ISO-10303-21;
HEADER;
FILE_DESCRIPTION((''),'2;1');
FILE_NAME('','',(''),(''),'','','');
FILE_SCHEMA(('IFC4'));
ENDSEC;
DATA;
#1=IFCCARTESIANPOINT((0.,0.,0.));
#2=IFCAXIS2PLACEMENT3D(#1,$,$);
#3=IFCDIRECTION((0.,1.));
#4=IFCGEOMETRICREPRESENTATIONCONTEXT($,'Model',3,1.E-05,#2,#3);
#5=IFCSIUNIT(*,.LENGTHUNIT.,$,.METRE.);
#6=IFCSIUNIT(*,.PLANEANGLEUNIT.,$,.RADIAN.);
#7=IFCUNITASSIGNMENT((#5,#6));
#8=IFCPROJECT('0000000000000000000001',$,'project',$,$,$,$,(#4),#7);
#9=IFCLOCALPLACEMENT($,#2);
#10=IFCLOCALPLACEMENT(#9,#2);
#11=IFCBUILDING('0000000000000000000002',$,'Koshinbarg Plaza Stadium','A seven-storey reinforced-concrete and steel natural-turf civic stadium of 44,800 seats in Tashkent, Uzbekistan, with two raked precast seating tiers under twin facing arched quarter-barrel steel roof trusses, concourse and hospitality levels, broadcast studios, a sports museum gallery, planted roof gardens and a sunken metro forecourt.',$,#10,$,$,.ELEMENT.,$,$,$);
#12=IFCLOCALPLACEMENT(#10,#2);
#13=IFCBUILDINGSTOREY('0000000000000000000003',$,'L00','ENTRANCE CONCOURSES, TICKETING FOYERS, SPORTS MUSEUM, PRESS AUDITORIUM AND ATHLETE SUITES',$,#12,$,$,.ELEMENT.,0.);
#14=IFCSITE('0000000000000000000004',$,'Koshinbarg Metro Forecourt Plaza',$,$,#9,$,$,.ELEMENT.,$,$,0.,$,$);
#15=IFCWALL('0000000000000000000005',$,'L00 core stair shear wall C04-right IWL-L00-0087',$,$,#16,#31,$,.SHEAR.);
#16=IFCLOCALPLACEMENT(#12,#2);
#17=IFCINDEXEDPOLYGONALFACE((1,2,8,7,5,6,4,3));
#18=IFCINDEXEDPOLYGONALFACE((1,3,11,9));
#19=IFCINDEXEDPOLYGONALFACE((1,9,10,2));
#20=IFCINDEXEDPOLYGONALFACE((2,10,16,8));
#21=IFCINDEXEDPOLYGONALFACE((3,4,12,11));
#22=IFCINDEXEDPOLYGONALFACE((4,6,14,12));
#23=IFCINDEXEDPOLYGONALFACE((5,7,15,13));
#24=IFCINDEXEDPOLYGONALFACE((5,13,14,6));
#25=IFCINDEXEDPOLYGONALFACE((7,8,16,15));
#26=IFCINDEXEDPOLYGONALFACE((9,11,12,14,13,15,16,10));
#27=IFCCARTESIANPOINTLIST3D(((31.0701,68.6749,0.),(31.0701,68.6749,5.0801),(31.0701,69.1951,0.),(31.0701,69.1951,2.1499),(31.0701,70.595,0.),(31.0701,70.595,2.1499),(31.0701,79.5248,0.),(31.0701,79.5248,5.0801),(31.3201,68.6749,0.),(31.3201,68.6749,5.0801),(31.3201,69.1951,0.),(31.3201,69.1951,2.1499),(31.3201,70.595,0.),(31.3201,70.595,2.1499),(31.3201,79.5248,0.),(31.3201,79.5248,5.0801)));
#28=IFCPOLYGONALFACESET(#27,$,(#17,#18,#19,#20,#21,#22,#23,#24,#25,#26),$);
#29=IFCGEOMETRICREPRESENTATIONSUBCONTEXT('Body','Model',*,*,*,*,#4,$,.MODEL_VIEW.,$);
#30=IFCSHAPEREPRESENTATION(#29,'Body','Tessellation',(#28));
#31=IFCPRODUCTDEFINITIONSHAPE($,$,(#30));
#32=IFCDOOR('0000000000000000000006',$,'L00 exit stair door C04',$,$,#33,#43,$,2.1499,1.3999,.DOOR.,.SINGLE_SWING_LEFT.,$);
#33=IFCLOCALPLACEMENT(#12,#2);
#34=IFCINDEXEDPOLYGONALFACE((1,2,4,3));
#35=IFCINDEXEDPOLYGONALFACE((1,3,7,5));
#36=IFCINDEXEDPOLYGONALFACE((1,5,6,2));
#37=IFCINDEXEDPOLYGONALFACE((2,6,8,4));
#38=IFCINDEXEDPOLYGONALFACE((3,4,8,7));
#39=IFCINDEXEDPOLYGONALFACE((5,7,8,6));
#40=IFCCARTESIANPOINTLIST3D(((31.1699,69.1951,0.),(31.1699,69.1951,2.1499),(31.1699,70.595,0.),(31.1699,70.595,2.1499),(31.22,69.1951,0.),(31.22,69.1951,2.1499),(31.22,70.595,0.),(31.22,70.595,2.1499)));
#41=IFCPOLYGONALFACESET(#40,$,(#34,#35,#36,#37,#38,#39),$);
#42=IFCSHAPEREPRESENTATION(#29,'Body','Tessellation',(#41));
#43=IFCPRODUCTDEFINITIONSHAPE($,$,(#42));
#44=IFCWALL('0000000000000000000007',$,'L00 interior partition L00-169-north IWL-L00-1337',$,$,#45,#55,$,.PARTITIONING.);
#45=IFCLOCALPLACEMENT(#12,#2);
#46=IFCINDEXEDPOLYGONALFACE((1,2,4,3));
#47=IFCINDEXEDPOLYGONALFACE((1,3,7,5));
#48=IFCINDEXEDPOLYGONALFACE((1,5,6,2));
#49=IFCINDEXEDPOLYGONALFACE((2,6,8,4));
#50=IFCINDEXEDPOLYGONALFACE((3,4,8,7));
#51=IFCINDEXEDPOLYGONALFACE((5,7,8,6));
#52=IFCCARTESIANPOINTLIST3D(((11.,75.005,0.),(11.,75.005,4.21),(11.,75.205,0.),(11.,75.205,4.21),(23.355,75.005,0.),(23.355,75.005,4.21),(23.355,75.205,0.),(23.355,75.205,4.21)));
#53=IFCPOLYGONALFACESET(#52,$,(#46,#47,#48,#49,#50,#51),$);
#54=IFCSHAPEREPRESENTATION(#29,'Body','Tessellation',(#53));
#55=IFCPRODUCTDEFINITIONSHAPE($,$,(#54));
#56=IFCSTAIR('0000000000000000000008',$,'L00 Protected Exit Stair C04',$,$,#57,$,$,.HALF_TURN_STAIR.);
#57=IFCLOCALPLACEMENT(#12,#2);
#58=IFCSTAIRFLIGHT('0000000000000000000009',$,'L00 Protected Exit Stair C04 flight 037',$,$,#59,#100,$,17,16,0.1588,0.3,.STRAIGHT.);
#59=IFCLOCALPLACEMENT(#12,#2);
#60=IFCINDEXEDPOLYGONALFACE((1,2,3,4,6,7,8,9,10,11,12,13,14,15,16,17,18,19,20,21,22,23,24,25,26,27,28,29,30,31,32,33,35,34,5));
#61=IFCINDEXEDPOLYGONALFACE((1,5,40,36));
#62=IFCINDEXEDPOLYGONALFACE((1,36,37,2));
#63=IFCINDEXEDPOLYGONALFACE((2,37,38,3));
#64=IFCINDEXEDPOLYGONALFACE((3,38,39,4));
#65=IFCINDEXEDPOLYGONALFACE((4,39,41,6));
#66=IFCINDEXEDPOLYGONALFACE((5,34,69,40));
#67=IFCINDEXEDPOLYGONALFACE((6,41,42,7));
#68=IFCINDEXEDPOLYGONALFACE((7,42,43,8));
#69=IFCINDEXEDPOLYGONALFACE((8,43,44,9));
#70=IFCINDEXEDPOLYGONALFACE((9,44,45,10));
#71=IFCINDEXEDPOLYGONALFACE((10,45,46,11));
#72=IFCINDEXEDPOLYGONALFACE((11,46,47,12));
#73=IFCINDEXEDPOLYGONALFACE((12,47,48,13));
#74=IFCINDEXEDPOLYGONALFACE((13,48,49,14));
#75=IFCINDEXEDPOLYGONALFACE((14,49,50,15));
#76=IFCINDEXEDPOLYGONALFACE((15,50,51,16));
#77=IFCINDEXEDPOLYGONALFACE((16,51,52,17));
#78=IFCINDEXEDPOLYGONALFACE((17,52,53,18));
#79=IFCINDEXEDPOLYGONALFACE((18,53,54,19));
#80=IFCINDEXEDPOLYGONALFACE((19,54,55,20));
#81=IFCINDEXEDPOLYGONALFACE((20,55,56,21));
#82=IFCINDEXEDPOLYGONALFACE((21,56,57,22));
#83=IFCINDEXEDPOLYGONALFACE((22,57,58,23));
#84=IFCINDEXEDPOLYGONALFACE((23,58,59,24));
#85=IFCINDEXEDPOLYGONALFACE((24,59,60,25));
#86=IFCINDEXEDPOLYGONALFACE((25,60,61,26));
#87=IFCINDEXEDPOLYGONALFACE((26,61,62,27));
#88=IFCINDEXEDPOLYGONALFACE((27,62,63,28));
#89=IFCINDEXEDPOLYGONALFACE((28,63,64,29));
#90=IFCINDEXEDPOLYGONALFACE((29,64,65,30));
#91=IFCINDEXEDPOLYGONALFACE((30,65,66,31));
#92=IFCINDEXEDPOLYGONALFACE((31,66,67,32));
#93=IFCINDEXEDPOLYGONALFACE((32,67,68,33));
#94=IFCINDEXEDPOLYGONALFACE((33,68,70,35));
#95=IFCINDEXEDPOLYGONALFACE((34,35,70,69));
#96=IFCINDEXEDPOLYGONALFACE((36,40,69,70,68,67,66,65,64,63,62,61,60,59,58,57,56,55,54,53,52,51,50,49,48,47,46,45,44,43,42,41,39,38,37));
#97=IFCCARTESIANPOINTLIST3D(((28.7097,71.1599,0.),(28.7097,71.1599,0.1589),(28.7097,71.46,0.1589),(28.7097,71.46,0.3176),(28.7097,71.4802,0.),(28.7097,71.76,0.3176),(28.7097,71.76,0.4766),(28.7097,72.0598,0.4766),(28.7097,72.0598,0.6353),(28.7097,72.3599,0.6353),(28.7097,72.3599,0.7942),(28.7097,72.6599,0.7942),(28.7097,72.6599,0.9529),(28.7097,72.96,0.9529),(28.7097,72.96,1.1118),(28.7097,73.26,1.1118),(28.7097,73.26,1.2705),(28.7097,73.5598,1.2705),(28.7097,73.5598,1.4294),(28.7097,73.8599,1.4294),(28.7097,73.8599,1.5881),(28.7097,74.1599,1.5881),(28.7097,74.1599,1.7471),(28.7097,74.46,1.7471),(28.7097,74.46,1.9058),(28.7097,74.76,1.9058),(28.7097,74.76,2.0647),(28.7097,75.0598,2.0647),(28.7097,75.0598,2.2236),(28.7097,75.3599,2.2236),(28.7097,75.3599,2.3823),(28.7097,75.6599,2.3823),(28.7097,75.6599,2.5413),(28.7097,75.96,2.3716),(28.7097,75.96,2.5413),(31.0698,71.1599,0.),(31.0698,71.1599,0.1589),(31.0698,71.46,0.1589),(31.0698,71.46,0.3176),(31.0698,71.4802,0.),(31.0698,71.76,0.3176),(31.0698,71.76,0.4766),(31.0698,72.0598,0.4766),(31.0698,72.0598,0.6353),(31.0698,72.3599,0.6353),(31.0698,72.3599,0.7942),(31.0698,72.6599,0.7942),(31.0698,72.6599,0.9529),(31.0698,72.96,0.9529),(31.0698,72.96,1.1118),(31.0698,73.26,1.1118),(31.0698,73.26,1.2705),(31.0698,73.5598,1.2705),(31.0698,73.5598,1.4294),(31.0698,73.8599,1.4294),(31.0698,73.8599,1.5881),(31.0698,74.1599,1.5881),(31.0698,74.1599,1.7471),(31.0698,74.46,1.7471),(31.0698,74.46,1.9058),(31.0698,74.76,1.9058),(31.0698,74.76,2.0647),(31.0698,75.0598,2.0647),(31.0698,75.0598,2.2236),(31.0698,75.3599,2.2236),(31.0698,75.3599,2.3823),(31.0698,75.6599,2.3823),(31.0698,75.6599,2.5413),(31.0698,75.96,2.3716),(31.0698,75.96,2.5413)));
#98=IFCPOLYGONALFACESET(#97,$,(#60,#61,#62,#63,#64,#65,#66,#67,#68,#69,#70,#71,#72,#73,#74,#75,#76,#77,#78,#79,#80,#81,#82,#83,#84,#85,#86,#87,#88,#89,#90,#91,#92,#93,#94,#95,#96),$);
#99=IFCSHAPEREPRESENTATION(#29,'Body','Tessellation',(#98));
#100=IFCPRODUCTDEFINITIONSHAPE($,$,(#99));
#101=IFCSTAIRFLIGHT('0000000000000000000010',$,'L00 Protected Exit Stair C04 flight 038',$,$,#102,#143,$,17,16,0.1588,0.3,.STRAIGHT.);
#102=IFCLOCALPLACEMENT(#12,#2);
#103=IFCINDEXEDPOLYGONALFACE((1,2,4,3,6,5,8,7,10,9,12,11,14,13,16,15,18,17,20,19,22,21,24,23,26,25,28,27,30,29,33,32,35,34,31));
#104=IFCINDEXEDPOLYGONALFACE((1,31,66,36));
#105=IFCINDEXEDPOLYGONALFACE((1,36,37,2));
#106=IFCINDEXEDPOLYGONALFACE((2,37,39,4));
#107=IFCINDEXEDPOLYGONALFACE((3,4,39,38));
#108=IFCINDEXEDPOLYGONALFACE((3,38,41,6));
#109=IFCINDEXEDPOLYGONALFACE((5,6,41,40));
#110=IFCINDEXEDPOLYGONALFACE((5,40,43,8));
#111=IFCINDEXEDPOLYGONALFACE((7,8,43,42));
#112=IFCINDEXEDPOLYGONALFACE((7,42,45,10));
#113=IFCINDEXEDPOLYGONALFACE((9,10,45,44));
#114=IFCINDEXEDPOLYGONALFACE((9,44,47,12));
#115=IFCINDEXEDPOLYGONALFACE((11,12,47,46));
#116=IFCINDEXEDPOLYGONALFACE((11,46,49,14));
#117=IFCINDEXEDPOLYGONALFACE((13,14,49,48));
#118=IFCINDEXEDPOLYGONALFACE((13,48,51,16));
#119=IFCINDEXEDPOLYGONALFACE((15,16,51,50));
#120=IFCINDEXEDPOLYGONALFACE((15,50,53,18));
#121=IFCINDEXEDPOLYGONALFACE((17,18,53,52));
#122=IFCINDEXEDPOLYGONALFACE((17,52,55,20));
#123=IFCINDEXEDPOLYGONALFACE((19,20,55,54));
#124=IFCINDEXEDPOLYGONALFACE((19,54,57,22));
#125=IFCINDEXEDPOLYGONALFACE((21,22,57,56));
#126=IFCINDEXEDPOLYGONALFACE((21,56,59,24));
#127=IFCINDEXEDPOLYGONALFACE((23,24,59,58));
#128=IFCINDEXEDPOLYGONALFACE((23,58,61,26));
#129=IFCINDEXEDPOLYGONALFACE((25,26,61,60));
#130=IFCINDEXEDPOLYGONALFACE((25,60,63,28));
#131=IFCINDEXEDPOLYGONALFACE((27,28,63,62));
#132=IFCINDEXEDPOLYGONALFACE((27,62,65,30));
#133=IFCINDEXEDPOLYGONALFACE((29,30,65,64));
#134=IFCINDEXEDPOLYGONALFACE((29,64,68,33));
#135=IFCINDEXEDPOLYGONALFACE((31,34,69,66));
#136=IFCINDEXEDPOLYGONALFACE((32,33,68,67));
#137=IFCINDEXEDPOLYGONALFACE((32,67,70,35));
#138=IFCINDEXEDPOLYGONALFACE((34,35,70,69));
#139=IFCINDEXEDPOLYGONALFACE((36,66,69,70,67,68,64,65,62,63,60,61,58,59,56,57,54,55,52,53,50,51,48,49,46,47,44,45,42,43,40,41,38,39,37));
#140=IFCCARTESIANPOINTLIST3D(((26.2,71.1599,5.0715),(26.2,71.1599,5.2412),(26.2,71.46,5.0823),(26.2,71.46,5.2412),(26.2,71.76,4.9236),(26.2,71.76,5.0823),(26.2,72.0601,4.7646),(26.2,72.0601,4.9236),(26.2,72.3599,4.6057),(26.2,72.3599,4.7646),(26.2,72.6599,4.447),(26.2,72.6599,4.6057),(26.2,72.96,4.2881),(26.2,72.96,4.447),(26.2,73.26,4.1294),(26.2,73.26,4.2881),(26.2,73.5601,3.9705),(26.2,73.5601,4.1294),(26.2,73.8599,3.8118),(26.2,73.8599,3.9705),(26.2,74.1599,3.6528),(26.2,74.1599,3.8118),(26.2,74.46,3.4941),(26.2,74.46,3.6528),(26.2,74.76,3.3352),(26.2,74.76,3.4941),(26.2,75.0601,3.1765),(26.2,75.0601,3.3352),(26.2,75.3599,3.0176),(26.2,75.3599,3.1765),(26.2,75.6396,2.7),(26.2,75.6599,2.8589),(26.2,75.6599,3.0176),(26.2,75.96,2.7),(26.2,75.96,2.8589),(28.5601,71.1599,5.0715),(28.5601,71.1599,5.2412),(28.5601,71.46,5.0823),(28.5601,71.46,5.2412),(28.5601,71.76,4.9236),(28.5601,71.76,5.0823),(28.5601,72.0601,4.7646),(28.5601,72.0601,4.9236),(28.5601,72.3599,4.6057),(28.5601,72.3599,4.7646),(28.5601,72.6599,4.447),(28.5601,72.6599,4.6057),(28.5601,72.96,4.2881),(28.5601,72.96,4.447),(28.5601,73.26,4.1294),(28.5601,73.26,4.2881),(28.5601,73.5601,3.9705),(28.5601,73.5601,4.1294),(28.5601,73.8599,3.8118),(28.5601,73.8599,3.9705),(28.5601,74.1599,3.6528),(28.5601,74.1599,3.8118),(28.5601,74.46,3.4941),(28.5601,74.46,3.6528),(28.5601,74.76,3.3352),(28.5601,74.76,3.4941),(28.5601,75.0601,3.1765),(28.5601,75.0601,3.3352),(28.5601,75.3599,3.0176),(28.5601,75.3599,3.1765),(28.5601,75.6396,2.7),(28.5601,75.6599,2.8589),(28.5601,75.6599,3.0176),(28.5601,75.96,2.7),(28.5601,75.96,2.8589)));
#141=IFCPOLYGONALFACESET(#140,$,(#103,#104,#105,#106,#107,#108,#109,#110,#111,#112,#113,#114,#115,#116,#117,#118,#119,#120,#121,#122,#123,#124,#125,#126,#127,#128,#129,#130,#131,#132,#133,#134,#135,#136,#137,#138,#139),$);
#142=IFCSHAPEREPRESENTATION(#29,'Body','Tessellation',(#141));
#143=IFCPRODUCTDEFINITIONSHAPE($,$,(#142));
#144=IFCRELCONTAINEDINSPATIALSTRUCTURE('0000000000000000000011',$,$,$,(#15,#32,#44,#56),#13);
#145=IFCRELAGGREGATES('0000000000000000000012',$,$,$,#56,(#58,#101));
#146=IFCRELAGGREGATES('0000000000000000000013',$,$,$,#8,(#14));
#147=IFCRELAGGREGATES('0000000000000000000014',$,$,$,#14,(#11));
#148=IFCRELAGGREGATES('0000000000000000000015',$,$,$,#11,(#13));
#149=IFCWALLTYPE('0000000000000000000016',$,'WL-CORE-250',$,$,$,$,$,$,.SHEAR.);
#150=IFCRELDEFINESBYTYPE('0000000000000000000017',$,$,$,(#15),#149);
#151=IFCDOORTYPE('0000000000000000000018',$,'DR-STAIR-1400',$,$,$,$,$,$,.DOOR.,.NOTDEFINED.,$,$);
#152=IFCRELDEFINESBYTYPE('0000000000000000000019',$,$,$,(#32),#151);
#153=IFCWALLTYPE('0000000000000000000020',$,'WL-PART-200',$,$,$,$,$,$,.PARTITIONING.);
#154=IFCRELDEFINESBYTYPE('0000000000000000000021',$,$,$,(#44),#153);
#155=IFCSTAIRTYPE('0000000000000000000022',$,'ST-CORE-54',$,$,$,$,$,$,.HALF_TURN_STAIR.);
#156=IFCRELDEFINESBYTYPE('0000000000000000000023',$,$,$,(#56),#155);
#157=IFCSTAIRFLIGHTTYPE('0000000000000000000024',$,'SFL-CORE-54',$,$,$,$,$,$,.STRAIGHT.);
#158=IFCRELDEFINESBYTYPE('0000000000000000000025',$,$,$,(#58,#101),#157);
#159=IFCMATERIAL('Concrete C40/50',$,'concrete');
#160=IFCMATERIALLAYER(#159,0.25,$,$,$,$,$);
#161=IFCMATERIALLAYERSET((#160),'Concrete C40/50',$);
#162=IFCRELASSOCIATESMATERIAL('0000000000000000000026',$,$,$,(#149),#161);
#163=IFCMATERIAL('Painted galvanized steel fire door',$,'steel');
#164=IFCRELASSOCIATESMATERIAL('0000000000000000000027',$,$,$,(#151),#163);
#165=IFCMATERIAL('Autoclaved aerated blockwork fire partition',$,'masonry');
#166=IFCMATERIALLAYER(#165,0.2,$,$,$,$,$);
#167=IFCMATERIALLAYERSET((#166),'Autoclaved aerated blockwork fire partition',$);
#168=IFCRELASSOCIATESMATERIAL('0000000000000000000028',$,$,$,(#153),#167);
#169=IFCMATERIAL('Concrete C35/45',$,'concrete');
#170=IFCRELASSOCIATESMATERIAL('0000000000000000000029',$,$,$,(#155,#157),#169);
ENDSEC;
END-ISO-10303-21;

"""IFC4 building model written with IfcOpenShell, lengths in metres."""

from ifc_helpers import new_model, si_unit, direction, frame, frame_2d, origin, place, context, subcontext, project, spatial, polyline, rectangle, outline, extrude, material, layer, layer_set, type_object, element, fill, aggregate, save


model = new_model("IFC4")

# Units and contexts
model_context = context("Model", 3, precision=1e-05, world=origin(), true_north=direction((0.0, 1.0)))
body_context = subcontext(model_context, "Body", "Model", "MODEL_VIEW")
ifc_project = project(units=[si_unit("LENGTHUNIT", "METRE"), si_unit("PLANEANGLEUNIT", "RADIAN")], contexts=[model_context])

# Site, building, storey
site_placement = place(None, origin())
site = spatial("IfcSite", under=ifc_project, at=site_placement, Name="Koshinbarg Metro Forecourt Plaza", CompositionType="ELEMENT", RefElevation=0.0)
building_placement = place(site_placement, origin())
building = spatial("IfcBuilding", under=site, at=building_placement, Name="Koshinbarg Plaza Stadium", Description="A seven-storey reinforced-concrete and steel natural-turf civic stadium of 44,800 seats in Tashkent, Uzbekistan, with two raked precast seating tiers under twin facing arched quarter-barrel steel roof trusses, concourse and hospitality levels, broadcast studios, a sports museum gallery, planted roof gardens and a sunken metro forecourt.", CompositionType="ELEMENT")
storey_placement = place(building_placement, origin())
storey = spatial("IfcBuildingStorey", under=building, at=storey_placement, Name="L00", Description="ENTRANCE CONCOURSES, TICKETING FOYERS, SPORTS MUSEUM, PRESS AUDITORIUM AND ATHLETE SUITES", CompositionType="ELEMENT", Elevation=0.0)

# Shared definitions
ifc_material_1 = material(Name="Concrete C35/45", Category="concrete")

# Shared definitions
ifc_material_2 = material(Name="Concrete C40/50", Category="concrete")

# Shared definitions
ifc_layer_1 = layer(ifc_material_2, 0.25)
ifc_layer_set_1 = layer_set([ifc_layer_1], Name="Concrete C40/50")
wall_type_1 = type_object("IfcWallType", Name="WL-CORE-250", PredefinedType="SHEAR", material=ifc_layer_set_1)

# Wall, opening, door
wall_1_placement = place(storey_placement, frame((31.1951, 68.675, 0.0), z_axis=(0.0, 0.0, 1.0), x_axis=(0.0, 1.0, 0.0)))
wall_1 = element("IfcWall", 1, at=wall_1_placement, inside=storey, type_object=wall_type_1, Name="L00 core stair shear wall C04-right IWL-L00-0087", PredefinedType="SHEAR", context=body_context, shape_type="SweptSolid", body=[
    extrude(rectangle(XDim=10.8499, YDim=0.25, at=frame_2d((5.4248, 0.0))), origin(), (0.0, 0.0, 1.0), 5.0801),
])
opening_placement = place(wall_1_placement, frame((0.52, 0.0, 0.0)))
opening = element("IfcOpeningElement", 2, at=opening_placement, cuts=wall_1, PredefinedType="OPENING", context=body_context, shape_type="SweptSolid", body=[
    extrude(rectangle(XDim=1.3999, YDim=2.1499, at=frame_2d((0.7, 1.075))), frame((0.0, 0.135, 0.0), z_axis=(0.0, -1.0, 0.0), x_axis=(1.0, 0.0, 0.0)), (0.0, 0.0, 1.0), 0.27),
])
ifc_material_3 = material(Name="Painted galvanized steel fire door", Category="steel")
door_type = type_object("IfcDoorType", Name="DR-STAIR-1400", OperationType="NOTDEFINED", PredefinedType="DOOR", material=ifc_material_3)
door_placement = place(opening_placement, frame((1.3999, 0.0, 0.0), z_axis=(0.0, 0.0, 1.0), x_axis=(-1.0, 0.0, 0.0)))
door = element("IfcDoor", 3, at=door_placement, inside=storey, type_object=door_type, Name="L00 exit stair door C04", OperationType="SINGLE_SWING_LEFT", OverallHeight=2.1499, OverallWidth=1.3999, PredefinedType="DOOR", context=body_context, shape_type="SweptSolid", body=[
    extrude(rectangle(XDim=1.3999, YDim=2.1499, at=frame_2d((0.7, 1.075))), frame((0.0, 0.0249, 0.0), z_axis=(0.0, -1.0, 0.0), x_axis=(1.0, 0.0, 0.0)), (0.0, 0.0, 1.0), 0.05),
])
fill(opening, door)

# Wall
ifc_material_4 = material(Name="Autoclaved aerated blockwork fire partition", Category="masonry")
ifc_layer_2 = layer(ifc_material_4, 0.2)
ifc_layer_set_2 = layer_set([ifc_layer_2], Name="Autoclaved aerated blockwork fire partition")
wall_type_2 = type_object("IfcWallType", Name="WL-PART-200", PredefinedType="PARTITIONING", material=ifc_layer_set_2)
wall_2_placement = place(storey_placement, frame((23.355, 75.105, 0.0), z_axis=(0.0, 0.0, 1.0), x_axis=(-1.0, 0.0, 0.0)))
element("IfcWall", 4, at=wall_2_placement, inside=storey, type_object=wall_type_2, Name="L00 interior partition L00-169-north IWL-L00-1337", PredefinedType="PARTITIONING", context=body_context, shape_type="SweptSolid", body=[
    extrude(rectangle(XDim=12.355, YDim=0.2, at=frame_2d((6.1775, 0.0))), origin(), (0.0, 0.0, 1.0), 4.21),
])

# Stair, stair flights
stair_type = type_object("IfcStairType", Name="ST-CORE-54", PredefinedType="HALF_TURN_STAIR", material=ifc_material_1)
stair_placement = place(storey_placement, origin())
stair = element("IfcStair", 5, at=stair_placement, inside=storey, type_object=stair_type, Name="L00 Protected Exit Stair C04", PredefinedType="HALF_TURN_STAIR")
stair_flight_type = type_object("IfcStairFlightType", Name="SFL-CORE-54", PredefinedType="STRAIGHT", material=ifc_material_1)
stair_flight_1_placement = place(storey_placement, frame((29.8899, 71.1599, 0.0), z_axis=(0.0, 0.0, 1.0), x_axis=(0.0, 1.0, 0.0)))
stair_flight_1 = element("IfcStairFlight", 6, at=stair_flight_1_placement, type_object=stair_flight_type, Name="L00 Protected Exit Stair C04 flight 037", NumberOfRisers=17, NumberOfTreads=16, PredefinedType="STRAIGHT", RiserHeight=0.1588, TreadLength=0.3, context=body_context, shape_type="SweptSolid", body=[
    extrude(outline(polyline([(0.0, 0.0), (0.0, 0.1589), (0.3, 0.1589), (0.3, 0.3176), (0.6001, 0.3176), (0.6001, 0.4766), (0.8999, 0.4766), (0.8999, 0.6353), (1.2, 0.6353), (1.2, 0.7942), (1.5, 0.7942), (1.5, 0.9529), (1.8, 0.9529), (1.8, 1.1118), (2.1001, 1.1118), (2.1001, 1.2705), (2.3999, 1.2705), (2.3999, 1.4294), (2.7, 1.4294), (2.7, 1.5881), (3.0, 1.5881), (3.0, 1.7471), (3.3, 1.7471), (3.3, 1.9058), (3.6001, 1.9058), (3.6001, 2.0647), (3.8999, 2.0647), (3.8999, 2.2236), (4.2, 2.2236), (4.2, 2.3823), (4.5, 2.3823), (4.5, 2.5413), (4.8, 2.5413), (4.8, 2.7), (4.8, 2.3716), (0.3203, 0.0), (0.0, 0.0)])), frame((0.0, 1.1802, 0.0), z_axis=(0.0, -1.0, 0.0), x_axis=(1.0, 0.0, 0.0)), (0.0, 0.0, 1.0), 2.3601),
])
stair_flight_2_placement = place(storey_placement, frame((27.3799, 75.96, 2.7), z_axis=(0.0, 0.0, 1.0), x_axis=(0.0, -1.0, 0.0)))
stair_flight_2 = element("IfcStairFlight", 7, at=stair_flight_2_placement, type_object=stair_flight_type, Name="L00 Protected Exit Stair C04 flight 038", NumberOfRisers=17, NumberOfTreads=16, PredefinedType="STRAIGHT", RiserHeight=0.1588, TreadLength=0.3, context=body_context, shape_type="SweptSolid", body=[
    extrude(outline(polyline([(0.0, 0.0), (0.0, 0.1589), (0.3, 0.1589), (0.3, 0.3176), (0.6001, 0.3176), (0.6001, 0.4766), (0.8999, 0.4766), (0.8999, 0.6353), (1.2, 0.6353), (1.2, 0.7942), (1.5, 0.7942), (1.5, 0.9529), (1.8, 0.9529), (1.8, 1.1118), (2.1001, 1.1118), (2.1001, 1.2705), (2.3999, 1.2705), (2.3999, 1.4294), (2.7, 1.4294), (2.7, 1.5881), (3.0, 1.5881), (3.0, 1.7471), (3.3, 1.7471), (3.3, 1.9058), (3.6001, 1.9058), (3.6001, 2.0647), (3.8999, 2.0647), (3.8999, 2.2236), (4.2, 2.2236), (4.2, 2.3823), (4.5, 2.3823), (4.5, 2.5413), (4.8, 2.5413), (4.8, 2.7), (4.8, 2.3716), (0.3203, 0.0), (0.0, 0.0)])), frame((0.0, 1.1802, 0.0), z_axis=(0.0, -1.0, 0.0), x_axis=(1.0, 0.0, 0.0)), (0.0, 0.0, 1.0), 2.3601),
])
aggregate(stair, [stair_flight_1, stair_flight_2])

save(model, "model.ifc")
